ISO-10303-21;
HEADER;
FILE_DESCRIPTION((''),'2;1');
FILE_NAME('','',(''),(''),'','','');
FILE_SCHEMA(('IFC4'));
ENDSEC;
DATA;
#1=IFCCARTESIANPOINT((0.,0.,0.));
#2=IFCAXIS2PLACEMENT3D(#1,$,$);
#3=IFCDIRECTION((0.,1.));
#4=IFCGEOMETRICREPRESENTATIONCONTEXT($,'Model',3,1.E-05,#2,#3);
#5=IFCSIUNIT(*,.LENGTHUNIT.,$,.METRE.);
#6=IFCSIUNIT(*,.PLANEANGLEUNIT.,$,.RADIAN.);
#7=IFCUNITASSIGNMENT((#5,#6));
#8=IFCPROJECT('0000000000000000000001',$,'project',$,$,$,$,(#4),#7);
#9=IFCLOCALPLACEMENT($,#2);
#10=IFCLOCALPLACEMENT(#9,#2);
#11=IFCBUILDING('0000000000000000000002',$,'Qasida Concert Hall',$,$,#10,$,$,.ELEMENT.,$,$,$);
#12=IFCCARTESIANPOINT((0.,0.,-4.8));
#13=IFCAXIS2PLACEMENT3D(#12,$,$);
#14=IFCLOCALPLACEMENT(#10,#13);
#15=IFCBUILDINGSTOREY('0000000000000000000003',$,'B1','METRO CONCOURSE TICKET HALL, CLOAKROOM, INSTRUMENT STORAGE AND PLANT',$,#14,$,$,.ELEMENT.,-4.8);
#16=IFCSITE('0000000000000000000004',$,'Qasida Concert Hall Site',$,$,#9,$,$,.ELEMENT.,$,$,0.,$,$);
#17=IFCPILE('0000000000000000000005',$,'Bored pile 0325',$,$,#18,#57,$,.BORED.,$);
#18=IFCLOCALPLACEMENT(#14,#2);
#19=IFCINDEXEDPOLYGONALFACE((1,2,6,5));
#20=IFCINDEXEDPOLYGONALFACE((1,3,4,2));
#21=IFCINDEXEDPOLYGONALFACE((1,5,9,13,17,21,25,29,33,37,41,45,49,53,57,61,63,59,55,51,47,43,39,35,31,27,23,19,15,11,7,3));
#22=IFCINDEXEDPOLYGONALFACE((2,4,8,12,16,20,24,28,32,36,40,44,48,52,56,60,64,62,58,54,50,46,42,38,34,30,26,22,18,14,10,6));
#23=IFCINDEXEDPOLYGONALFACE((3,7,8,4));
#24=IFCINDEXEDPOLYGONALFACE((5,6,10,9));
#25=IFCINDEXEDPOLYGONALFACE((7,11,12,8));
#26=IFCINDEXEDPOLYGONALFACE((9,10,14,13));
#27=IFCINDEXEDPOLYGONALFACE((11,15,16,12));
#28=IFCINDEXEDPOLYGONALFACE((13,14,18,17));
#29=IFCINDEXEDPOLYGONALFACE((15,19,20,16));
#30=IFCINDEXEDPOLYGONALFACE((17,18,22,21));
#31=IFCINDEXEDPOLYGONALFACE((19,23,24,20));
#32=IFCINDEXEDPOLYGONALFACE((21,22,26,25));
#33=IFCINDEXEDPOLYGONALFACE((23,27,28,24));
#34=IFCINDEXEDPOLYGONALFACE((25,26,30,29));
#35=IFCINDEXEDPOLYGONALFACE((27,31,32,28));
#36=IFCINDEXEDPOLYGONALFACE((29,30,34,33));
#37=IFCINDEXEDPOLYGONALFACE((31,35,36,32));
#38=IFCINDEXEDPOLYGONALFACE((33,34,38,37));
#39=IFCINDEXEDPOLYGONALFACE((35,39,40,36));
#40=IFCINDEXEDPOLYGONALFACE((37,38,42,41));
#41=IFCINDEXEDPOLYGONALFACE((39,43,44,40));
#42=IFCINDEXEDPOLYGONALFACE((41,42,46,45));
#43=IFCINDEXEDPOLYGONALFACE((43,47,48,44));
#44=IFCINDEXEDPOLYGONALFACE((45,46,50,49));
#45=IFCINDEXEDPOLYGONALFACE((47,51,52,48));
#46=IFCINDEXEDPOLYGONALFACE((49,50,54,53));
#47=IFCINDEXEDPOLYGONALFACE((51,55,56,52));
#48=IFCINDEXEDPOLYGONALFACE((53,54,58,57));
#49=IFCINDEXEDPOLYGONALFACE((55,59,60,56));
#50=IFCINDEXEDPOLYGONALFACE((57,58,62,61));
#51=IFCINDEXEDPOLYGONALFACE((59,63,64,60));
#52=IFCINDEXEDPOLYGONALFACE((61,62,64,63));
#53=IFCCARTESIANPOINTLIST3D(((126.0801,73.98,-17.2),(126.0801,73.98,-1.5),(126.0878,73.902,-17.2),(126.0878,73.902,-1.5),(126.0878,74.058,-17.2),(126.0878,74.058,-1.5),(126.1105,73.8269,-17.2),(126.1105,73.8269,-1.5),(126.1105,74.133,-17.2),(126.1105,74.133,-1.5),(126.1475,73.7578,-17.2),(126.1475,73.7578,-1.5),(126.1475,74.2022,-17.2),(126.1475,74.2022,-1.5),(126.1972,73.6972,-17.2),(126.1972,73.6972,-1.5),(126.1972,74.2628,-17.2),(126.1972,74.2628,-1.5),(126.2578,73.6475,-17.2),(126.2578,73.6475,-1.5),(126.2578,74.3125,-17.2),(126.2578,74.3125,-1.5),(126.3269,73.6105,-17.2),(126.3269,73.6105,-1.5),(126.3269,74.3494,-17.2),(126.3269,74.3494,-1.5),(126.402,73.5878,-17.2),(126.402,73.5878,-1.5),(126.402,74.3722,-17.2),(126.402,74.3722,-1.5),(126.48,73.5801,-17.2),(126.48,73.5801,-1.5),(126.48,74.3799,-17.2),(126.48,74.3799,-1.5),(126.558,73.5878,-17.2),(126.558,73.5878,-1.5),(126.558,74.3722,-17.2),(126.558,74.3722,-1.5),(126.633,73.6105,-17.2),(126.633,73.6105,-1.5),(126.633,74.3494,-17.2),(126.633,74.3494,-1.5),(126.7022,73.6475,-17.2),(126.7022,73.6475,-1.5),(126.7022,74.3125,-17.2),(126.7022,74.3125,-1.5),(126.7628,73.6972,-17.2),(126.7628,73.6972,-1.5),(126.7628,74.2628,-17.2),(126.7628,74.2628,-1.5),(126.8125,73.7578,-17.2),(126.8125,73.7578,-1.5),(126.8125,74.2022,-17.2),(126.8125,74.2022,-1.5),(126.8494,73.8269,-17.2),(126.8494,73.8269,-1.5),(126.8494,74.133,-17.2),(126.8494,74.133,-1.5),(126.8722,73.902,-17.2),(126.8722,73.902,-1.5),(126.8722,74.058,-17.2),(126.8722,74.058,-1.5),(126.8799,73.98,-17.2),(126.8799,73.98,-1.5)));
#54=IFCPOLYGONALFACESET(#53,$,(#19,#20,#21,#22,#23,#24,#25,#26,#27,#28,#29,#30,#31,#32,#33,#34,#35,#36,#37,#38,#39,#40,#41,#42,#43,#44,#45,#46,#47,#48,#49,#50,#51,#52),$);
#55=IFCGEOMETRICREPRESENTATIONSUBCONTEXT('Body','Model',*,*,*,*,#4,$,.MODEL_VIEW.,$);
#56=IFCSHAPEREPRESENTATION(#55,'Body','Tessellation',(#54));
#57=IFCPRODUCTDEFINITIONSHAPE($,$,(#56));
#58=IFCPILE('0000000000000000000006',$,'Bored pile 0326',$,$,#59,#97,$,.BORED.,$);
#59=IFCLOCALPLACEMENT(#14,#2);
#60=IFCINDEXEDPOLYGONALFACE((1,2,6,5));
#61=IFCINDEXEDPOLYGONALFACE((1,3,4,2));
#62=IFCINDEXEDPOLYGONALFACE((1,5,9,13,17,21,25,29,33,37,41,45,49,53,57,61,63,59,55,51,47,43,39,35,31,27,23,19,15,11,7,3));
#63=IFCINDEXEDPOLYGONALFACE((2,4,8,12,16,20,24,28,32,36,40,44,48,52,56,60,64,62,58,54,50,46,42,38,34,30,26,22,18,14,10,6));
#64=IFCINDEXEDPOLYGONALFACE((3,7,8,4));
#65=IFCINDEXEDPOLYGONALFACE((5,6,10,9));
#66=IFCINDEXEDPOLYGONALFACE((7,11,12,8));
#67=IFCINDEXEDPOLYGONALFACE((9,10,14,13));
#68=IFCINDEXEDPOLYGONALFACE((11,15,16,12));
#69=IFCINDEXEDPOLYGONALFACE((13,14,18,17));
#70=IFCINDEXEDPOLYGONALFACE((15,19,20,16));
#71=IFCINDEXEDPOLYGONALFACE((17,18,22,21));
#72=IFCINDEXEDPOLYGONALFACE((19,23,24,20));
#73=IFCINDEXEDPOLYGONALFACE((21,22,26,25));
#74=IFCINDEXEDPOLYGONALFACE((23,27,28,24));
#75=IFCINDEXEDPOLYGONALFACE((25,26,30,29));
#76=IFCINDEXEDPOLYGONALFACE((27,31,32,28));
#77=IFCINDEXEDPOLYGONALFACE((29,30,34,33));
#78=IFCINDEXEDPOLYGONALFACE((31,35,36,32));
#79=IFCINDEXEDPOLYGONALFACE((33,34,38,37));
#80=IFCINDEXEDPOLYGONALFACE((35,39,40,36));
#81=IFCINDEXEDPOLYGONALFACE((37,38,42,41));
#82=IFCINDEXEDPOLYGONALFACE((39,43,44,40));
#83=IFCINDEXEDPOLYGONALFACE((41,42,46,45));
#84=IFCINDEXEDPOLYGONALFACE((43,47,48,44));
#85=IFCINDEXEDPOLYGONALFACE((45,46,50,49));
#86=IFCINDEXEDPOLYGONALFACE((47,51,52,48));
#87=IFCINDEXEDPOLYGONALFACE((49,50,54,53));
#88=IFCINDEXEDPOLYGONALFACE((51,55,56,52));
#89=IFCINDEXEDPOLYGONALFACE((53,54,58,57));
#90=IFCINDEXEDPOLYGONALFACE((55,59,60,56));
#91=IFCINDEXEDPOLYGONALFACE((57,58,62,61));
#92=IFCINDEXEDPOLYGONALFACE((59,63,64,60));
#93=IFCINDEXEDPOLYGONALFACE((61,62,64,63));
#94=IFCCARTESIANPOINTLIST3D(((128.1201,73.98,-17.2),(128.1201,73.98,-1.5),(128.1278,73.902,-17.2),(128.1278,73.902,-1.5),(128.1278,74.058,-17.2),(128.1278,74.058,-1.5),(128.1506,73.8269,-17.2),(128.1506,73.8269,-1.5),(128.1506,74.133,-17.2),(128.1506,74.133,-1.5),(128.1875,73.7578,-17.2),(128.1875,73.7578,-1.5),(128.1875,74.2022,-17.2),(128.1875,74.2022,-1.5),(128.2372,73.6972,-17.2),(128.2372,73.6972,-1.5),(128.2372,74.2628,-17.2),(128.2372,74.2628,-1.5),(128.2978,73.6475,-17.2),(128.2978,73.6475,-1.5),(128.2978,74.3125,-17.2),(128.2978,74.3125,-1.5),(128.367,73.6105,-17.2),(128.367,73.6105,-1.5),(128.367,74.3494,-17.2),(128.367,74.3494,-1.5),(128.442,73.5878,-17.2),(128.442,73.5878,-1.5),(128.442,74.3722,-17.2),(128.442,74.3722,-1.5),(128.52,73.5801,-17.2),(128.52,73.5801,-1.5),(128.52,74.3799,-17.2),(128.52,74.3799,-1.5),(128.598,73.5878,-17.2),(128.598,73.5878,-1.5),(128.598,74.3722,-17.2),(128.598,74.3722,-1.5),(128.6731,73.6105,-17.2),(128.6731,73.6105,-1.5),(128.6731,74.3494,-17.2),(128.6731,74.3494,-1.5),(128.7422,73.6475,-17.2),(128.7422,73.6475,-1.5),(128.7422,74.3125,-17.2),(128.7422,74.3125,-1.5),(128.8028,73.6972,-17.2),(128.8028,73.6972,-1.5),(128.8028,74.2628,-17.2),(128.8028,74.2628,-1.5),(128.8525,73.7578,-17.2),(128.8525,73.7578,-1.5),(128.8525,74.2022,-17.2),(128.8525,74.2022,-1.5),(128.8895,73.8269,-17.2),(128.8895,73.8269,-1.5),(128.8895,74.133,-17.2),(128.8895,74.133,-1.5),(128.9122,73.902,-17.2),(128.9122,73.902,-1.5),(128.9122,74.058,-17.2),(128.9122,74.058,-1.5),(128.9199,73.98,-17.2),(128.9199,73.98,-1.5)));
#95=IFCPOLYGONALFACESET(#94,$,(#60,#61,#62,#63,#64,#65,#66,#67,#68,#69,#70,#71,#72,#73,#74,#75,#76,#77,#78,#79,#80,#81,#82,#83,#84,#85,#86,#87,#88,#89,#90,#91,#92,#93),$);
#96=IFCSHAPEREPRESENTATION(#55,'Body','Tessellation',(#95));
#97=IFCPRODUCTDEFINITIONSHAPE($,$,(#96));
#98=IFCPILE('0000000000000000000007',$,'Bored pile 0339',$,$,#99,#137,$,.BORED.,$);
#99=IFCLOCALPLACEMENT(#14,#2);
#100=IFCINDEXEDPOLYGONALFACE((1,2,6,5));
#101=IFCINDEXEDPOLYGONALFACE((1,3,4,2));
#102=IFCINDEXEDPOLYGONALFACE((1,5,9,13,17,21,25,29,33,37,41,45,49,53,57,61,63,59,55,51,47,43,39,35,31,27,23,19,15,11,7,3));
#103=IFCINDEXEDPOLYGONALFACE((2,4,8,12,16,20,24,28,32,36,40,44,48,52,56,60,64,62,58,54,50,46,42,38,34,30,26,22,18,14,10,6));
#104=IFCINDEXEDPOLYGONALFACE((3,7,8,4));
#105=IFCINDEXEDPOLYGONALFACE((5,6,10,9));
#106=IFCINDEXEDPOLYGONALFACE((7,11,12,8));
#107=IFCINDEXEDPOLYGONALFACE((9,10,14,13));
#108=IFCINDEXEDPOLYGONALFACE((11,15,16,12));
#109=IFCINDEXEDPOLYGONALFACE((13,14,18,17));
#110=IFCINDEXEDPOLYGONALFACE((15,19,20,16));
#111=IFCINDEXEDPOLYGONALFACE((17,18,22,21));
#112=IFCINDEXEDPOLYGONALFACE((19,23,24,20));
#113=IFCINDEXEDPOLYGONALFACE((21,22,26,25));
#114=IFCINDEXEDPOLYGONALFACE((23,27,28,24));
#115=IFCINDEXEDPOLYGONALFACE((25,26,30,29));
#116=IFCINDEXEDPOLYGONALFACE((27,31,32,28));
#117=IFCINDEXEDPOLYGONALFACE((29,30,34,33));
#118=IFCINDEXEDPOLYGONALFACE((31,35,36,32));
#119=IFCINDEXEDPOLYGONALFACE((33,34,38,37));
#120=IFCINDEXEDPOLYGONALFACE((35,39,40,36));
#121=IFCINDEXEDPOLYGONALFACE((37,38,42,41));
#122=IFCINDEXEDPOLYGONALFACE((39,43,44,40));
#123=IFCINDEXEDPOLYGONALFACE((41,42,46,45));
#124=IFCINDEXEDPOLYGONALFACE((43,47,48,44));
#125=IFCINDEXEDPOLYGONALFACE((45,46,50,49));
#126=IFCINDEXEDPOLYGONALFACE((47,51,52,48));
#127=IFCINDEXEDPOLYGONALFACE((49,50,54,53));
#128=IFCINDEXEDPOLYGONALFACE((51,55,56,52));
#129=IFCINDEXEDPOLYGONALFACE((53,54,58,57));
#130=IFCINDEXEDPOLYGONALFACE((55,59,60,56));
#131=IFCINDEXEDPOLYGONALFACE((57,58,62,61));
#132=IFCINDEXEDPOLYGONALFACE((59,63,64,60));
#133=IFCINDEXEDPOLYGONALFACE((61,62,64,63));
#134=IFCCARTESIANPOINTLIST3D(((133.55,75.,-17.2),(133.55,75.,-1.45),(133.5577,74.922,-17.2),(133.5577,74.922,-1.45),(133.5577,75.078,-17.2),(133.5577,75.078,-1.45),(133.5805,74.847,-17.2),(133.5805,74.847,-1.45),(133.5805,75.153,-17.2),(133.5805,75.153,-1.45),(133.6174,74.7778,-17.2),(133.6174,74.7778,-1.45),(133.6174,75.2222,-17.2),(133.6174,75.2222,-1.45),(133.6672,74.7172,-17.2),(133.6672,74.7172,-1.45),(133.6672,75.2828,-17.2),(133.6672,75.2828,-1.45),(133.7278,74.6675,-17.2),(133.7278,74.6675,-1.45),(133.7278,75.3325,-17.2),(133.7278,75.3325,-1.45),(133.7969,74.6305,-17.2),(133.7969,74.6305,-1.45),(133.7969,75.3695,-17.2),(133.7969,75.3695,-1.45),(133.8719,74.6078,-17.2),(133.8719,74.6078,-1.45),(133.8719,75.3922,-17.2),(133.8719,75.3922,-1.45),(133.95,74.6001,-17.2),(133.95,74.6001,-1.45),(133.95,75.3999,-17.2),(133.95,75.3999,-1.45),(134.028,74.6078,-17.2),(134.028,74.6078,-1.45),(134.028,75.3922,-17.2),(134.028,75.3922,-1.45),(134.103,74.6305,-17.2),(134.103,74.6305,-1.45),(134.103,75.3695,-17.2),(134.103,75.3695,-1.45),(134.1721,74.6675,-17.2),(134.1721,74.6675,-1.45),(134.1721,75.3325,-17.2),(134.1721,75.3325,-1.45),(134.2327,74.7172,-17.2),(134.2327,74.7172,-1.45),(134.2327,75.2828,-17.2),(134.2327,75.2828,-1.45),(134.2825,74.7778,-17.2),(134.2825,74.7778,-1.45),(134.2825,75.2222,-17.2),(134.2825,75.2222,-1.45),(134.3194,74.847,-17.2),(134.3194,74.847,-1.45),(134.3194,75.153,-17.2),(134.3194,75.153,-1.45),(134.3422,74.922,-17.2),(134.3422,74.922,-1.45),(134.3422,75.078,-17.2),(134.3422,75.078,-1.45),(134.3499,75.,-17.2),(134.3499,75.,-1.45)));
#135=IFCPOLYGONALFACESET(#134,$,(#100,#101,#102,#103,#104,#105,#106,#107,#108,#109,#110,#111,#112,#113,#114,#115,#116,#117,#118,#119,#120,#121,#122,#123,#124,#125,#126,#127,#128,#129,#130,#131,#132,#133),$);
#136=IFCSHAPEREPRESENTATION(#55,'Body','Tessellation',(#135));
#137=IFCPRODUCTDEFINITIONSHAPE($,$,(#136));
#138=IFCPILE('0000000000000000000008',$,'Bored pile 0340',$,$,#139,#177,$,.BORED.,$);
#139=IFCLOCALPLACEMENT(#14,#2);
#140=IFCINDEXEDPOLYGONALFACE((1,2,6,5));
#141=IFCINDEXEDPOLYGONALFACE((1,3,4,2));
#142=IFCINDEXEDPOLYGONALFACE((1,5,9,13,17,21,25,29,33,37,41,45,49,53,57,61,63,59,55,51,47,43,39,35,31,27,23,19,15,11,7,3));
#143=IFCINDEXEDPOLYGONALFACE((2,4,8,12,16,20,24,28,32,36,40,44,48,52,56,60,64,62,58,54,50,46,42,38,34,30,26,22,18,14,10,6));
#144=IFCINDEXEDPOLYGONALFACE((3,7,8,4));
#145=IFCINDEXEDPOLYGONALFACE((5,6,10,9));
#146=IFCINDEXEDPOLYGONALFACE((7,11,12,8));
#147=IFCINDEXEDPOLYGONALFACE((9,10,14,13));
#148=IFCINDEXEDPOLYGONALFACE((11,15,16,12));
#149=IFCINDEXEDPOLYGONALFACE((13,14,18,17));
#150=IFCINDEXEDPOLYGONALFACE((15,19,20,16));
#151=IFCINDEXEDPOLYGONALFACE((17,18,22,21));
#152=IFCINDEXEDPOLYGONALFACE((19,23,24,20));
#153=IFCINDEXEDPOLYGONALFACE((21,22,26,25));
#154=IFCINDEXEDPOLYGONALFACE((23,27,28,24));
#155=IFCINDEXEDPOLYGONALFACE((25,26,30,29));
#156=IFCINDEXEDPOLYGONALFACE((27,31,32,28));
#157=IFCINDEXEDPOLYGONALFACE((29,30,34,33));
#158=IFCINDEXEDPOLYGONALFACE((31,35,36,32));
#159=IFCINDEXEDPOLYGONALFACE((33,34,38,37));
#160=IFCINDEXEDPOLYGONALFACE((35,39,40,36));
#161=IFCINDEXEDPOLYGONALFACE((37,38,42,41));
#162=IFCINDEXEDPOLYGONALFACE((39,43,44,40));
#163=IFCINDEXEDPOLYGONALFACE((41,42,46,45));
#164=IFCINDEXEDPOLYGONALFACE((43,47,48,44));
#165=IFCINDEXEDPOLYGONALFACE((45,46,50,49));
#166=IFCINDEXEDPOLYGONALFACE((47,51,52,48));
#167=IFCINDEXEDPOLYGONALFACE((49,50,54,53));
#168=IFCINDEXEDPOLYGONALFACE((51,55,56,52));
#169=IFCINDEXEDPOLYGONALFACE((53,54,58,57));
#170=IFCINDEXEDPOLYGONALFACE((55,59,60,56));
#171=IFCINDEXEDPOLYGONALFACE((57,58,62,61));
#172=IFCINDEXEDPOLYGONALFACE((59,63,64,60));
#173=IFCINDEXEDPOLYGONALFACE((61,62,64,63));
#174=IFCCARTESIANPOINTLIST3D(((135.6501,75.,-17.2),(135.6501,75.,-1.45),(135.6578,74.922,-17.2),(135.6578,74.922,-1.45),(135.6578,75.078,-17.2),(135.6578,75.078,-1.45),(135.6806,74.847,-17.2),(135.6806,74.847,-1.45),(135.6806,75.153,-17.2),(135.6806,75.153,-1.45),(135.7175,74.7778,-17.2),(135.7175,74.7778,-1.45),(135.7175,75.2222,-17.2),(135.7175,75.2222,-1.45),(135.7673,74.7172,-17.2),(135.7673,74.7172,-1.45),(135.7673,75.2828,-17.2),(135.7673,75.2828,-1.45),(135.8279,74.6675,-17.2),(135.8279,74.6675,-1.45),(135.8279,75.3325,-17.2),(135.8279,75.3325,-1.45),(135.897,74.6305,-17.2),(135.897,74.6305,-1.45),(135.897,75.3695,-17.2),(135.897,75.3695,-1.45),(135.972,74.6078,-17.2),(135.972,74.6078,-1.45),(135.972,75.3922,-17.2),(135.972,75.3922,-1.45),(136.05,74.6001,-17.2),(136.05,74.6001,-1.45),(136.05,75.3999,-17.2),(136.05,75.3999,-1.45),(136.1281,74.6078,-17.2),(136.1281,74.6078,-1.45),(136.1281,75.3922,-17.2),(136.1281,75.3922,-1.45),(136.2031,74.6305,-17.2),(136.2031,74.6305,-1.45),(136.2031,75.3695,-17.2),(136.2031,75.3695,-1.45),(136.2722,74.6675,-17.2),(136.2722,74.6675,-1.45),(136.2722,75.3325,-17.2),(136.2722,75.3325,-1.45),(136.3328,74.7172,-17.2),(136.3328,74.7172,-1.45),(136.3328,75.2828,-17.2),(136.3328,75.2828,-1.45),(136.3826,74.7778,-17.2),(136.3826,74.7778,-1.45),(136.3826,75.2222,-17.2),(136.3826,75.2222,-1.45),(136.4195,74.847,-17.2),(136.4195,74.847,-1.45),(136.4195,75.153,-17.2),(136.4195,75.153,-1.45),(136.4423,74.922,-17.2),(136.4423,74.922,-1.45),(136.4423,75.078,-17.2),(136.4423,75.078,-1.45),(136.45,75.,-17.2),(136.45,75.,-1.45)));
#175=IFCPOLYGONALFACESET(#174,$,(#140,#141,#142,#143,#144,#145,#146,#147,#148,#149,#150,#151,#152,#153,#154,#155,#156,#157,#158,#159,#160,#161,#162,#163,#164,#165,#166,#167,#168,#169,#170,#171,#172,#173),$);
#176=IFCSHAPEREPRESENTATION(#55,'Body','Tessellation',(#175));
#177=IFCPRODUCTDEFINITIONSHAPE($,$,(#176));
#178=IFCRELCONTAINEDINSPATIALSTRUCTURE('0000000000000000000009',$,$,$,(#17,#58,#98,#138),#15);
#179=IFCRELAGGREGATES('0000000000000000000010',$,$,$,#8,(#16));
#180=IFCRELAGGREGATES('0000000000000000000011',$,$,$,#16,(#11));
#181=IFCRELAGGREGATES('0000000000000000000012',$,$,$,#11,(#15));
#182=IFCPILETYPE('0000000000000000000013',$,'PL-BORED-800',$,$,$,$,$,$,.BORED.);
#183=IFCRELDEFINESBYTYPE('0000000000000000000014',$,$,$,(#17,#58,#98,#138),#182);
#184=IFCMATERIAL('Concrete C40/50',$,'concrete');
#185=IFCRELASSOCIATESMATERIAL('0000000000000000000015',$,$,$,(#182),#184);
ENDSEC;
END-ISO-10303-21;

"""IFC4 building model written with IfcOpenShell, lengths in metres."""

from ifc_helpers import new_model, si_unit, direction, frame, origin, origin_2d, place, context, subcontext, project, spatial, circle, extrude, material, material_profile, profile_set, type_object, element, save


model = new_model("IFC4")

# Units and contexts
model_context = context("Model", 3, precision=1e-05, world=origin(), true_north=direction((0.0, 1.0)))
body_context = subcontext(model_context, "Body", "Model", "MODEL_VIEW")
ifc_project = project(units=[si_unit("LENGTHUNIT", "METRE"), si_unit("PLANEANGLEUNIT", "RADIAN")], contexts=[model_context])

# Site, building, storey
site_placement = place(None, origin())
site = spatial("IfcSite", under=ifc_project, at=site_placement, Name="Qasida Concert Hall Site", CompositionType="ELEMENT", RefElevation=0.0)
building_placement = place(site_placement, origin())
building = spatial("IfcBuilding", under=site, at=building_placement, Name="Qasida Concert Hall", CompositionType="ELEMENT")
storey_placement = place(building_placement, frame((0.0, 0.0, -4.8)))
storey = spatial("IfcBuildingStorey", under=building, at=storey_placement, Name="B1", Description="METRO CONCOURSE TICKET HALL, CLOAKROOM, INSTRUMENT STORAGE AND PLANT", CompositionType="ELEMENT", Elevation=-4.8)

# Shared definitions
ifc_material_1 = material(Name="Concrete C40/50", Category="concrete")

# Piles
ifc_material_profile_1 = material_profile(ifc_material_1, circle(Radius=0.3999, at=origin_2d()), Name="BORED PILE D800")
ifc_profile_set_1 = profile_set([ifc_material_profile_1], Name="Concrete C40/50")
pile_type_1 = type_object("IfcPileType", Name="PL-BORED-800", PredefinedType="BORED", material=ifc_profile_set_1)
for number, where, z_axis, x_axis, name in (
    (1, (126.48, 73.98, -1.5), (0.0, 0.0, -1.0), (1.0, 0.0, 0.0), "Bored pile 0325"),
    (2, (128.52, 73.98, -1.5), (0.0, 0.0, -1.0), (1.0, 0.0, 0.0), "Bored pile 0326"),
):
    element("IfcPile", number, at=place(storey_placement, frame(where, z_axis=z_axis, x_axis=x_axis)), inside=storey, type_object=pile_type_1, Name=name, PredefinedType="BORED", context=body_context, shape_type="SweptSolid", body=[
        extrude(circle(Radius=0.3999, at=origin_2d()), origin(), (0.0, 0.0, 1.0), 15.7),
    ])
for number, where, z_axis, x_axis, name in (
    (3, (133.95, 75.0, -1.45), (0.0, 0.0, -1.0), (1.0, 0.0, 0.0), "Bored pile 0339"),
    (4, (136.05, 75.0, -1.45), (0.0, 0.0, -1.0), (1.0, 0.0, 0.0), "Bored pile 0340"),
):
    element("IfcPile", number, at=place(storey_placement, frame(where, z_axis=z_axis, x_axis=x_axis)), inside=storey, type_object=pile_type_1, Name=name, PredefinedType="BORED", context=body_context, shape_type="SweptSolid", body=[
        extrude(circle(Radius=0.3999, at=origin_2d()), origin(), (0.0, 0.0, 1.0), 15.75),
    ])

save(model, "model.ifc")
